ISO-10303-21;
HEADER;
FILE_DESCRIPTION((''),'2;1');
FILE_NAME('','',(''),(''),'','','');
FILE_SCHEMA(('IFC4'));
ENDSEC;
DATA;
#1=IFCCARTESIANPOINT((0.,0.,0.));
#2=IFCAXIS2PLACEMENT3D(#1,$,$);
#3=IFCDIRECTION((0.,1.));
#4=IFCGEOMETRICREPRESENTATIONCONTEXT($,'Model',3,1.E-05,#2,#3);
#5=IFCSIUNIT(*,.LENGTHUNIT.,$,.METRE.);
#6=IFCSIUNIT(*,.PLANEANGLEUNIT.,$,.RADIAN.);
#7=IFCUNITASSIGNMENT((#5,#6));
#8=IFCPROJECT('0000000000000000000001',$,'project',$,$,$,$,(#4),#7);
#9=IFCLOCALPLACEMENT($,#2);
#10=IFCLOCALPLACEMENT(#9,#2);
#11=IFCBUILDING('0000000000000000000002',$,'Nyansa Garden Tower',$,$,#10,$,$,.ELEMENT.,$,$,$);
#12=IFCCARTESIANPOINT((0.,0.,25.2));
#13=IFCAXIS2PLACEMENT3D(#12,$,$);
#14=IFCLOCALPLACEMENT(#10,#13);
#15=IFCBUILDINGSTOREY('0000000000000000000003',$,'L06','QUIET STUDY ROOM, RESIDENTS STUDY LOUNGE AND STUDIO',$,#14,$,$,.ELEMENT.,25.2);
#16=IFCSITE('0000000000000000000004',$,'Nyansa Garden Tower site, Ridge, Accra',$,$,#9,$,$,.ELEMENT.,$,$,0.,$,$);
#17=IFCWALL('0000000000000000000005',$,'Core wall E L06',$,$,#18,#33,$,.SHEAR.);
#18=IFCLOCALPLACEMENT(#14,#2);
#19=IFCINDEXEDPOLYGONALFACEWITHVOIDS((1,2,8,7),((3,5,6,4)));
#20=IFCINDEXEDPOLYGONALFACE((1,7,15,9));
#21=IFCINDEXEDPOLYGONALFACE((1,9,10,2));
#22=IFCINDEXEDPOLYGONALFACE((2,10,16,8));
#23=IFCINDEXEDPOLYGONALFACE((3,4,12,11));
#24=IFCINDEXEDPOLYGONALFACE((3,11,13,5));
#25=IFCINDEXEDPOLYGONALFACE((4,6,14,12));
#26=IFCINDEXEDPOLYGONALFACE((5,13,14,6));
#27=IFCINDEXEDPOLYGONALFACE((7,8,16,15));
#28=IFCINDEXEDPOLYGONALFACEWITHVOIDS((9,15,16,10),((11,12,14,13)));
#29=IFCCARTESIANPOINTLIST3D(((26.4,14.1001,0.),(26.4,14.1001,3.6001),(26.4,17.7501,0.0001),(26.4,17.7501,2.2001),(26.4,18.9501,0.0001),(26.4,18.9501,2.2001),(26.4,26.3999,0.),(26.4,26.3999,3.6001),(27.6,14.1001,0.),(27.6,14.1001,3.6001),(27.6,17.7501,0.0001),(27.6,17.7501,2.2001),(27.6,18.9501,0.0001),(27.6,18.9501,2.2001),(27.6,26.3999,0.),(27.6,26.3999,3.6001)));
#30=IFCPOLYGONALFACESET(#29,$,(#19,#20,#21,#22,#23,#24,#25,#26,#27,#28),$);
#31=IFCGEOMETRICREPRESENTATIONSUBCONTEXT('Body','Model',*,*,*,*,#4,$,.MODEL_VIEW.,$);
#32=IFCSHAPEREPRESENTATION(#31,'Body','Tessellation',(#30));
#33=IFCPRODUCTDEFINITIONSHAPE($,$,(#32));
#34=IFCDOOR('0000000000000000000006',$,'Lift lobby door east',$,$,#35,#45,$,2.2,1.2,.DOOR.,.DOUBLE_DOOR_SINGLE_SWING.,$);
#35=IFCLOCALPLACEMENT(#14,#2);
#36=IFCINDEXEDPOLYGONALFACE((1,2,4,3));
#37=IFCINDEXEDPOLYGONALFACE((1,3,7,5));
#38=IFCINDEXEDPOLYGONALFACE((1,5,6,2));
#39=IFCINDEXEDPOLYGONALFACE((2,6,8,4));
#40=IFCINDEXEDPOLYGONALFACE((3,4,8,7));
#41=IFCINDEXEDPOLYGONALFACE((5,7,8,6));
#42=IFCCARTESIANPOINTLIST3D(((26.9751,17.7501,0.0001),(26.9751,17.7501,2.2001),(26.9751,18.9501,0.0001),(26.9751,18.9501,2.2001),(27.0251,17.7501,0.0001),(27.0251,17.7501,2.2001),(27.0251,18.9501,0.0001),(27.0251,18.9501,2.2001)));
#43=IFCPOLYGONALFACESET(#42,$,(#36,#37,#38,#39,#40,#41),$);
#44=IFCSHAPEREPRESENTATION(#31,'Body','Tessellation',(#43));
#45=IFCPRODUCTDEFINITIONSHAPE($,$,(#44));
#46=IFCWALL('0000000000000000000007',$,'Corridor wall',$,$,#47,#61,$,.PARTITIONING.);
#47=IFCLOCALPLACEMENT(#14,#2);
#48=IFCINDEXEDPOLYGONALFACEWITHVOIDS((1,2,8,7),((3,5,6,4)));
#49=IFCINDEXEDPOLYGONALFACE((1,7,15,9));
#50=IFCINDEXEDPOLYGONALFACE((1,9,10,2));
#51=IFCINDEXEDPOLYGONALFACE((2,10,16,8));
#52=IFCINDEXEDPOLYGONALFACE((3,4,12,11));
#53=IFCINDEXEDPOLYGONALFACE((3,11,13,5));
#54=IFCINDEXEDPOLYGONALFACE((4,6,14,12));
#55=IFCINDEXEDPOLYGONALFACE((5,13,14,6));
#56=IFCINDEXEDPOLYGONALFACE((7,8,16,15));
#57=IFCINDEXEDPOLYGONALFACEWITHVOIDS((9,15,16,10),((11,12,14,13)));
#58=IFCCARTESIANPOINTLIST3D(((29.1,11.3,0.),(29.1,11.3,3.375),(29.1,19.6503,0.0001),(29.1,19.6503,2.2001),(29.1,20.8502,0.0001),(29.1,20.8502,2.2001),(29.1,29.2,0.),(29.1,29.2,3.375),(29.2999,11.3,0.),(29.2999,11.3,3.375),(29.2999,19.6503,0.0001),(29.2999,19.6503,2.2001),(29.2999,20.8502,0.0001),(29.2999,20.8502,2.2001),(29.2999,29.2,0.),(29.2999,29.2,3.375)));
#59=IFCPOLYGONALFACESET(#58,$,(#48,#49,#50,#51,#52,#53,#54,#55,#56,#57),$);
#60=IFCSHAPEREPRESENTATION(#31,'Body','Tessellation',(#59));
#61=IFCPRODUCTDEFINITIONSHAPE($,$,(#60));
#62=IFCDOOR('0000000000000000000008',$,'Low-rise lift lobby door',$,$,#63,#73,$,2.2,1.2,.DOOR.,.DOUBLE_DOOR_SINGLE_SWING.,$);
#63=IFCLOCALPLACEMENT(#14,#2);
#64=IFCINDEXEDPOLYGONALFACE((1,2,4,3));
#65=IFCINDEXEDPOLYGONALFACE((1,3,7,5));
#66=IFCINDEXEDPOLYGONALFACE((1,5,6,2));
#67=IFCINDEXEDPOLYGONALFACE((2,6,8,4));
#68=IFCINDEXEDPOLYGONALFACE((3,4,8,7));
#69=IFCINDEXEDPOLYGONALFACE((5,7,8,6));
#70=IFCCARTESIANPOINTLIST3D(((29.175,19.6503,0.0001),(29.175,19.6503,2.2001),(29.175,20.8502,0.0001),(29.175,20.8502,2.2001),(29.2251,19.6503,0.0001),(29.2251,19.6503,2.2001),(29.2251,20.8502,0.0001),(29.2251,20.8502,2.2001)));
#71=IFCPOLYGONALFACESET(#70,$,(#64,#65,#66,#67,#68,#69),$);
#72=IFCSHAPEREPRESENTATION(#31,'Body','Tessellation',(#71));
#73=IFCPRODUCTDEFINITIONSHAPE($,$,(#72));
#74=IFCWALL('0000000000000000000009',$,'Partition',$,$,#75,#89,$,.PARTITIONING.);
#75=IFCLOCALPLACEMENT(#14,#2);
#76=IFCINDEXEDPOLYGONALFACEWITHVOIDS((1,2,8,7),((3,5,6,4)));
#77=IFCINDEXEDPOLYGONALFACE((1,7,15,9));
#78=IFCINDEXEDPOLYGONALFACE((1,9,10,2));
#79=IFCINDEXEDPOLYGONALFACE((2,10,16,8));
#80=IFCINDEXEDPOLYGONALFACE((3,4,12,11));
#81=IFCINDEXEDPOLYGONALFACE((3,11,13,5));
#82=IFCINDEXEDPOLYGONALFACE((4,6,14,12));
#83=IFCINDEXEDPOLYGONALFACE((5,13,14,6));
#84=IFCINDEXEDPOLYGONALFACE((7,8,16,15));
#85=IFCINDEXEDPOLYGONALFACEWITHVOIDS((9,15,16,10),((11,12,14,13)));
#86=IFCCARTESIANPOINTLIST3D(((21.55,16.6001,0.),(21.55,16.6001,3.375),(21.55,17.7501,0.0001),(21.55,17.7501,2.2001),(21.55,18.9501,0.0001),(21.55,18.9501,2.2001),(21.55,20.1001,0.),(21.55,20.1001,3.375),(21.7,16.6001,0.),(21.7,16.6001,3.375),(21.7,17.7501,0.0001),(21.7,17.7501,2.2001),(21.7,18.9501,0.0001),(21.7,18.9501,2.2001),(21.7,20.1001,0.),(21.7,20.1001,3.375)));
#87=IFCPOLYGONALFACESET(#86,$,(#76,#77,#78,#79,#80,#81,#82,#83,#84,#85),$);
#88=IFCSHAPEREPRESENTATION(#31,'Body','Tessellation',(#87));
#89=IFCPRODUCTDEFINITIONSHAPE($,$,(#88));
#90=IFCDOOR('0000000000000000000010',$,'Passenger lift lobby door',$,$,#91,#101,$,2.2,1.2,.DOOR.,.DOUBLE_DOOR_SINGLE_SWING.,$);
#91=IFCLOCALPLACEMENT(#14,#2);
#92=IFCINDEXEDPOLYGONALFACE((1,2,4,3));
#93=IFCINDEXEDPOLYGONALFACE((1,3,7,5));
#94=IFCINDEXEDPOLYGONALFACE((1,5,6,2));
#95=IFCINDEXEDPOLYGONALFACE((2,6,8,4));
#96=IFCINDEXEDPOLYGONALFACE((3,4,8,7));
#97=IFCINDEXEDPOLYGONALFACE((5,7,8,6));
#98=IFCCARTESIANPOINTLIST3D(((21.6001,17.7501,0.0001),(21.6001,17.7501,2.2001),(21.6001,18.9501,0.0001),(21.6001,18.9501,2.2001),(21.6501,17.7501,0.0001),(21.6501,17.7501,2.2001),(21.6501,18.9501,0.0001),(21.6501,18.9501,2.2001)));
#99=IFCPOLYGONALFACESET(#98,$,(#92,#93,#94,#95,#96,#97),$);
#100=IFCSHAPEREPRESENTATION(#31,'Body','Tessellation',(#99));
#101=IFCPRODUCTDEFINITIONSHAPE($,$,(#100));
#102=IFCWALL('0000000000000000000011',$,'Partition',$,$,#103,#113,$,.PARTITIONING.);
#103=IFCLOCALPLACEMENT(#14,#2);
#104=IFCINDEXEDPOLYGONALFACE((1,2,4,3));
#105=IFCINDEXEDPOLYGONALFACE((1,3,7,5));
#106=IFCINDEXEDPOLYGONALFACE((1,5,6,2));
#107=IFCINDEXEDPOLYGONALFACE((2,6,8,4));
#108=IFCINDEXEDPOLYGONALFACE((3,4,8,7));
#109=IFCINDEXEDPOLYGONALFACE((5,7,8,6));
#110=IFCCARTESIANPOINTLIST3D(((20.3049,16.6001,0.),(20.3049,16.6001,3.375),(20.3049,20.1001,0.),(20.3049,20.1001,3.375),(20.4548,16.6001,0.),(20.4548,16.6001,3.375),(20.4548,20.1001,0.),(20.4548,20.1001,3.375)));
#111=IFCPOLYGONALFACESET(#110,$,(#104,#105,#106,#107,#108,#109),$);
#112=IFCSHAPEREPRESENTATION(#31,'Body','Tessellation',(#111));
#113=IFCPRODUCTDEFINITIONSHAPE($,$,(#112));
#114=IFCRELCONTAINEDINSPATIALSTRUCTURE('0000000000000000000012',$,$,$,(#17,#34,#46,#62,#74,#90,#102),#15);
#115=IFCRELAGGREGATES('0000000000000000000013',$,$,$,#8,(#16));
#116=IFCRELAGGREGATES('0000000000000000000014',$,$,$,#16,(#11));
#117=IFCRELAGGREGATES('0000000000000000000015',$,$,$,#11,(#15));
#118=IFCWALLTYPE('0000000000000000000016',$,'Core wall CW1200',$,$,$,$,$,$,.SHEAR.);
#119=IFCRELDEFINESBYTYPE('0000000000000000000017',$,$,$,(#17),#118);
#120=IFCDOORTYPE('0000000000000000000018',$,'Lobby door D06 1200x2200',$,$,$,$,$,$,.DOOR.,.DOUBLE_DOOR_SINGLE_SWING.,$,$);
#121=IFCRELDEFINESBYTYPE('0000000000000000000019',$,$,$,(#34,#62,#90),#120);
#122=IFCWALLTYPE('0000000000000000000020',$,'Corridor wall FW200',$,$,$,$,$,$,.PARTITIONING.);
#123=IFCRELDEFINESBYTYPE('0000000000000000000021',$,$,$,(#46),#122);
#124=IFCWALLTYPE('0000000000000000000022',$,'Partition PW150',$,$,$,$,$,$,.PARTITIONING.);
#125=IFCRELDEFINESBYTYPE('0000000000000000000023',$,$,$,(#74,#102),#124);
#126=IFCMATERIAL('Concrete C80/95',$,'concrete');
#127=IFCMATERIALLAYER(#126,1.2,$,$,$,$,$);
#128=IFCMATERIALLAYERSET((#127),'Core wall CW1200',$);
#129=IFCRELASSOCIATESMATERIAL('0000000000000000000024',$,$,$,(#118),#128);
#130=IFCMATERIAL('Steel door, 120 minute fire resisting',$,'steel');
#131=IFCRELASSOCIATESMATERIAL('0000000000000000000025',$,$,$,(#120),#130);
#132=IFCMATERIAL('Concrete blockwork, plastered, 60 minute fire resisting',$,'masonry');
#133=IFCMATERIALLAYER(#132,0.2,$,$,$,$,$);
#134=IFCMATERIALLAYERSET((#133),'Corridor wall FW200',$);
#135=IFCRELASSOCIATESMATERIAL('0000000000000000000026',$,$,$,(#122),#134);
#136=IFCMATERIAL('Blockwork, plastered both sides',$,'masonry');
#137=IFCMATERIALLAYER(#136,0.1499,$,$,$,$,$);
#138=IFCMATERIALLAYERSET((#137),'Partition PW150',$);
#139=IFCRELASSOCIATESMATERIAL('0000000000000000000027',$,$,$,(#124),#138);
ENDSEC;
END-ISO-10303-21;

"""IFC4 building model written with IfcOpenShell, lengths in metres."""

from ifc_helpers import new_model, si_unit, direction, frame, frame_2d, origin, place, context, subcontext, project, spatial, rectangle, extrude, material, layer, layer_set, type_object, element, fill, save


model = new_model("IFC4")

# Units and contexts
model_context = context("Model", 3, precision=1e-05, world=origin(), true_north=direction((0.0, 1.0)))
body_context = subcontext(model_context, "Body", "Model", "MODEL_VIEW")
ifc_project = project(units=[si_unit("LENGTHUNIT", "METRE"), si_unit("PLANEANGLEUNIT", "RADIAN")], contexts=[model_context])

# Site, building, storey
site_placement = place(None, origin())
site = spatial("IfcSite", under=ifc_project, at=site_placement, Name="Nyansa Garden Tower site, Ridge, Accra", CompositionType="ELEMENT", RefElevation=0.0)
building_placement = place(site_placement, origin())
building = spatial("IfcBuilding", under=site, at=building_placement, Name="Nyansa Garden Tower", CompositionType="ELEMENT")
storey_placement = place(building_placement, frame((0.0, 0.0, 25.2)))
storey = spatial("IfcBuildingStorey", under=building, at=storey_placement, Name="L06", Description="QUIET STUDY ROOM, RESIDENTS STUDY LOUNGE AND STUDIO", CompositionType="ELEMENT", Elevation=25.2)

# Walls, openings, doors
ifc_material_1 = material(Name="Concrete C80/95", Category="concrete")
ifc_layer_1 = layer(ifc_material_1, 1.2)
ifc_layer_set_1 = layer_set([ifc_layer_1], Name="Core wall CW1200")
wall_type_1 = type_object("IfcWallType", Name="Core wall CW1200", PredefinedType="SHEAR", material=ifc_layer_set_1)
wall_1_placement = place(storey_placement, frame((27.0, 14.1001, 0.0), z_axis=(0.0, 0.0, 1.0), x_axis=(0.0, 1.0, 0.0)))
wall_1 = element("IfcWall", 1, at=wall_1_placement, inside=storey, type_object=wall_type_1, Name="Core wall E L06", PredefinedType="SHEAR", context=body_context, shape_type="SweptSolid", body=[
    extrude(rectangle(XDim=12.2998, YDim=1.2, at=frame_2d((6.1499, 0.0))), origin(), (0.0, 0.0, 1.0), 3.6001),
])
opening_1_placement = place(wall_1_placement, frame((3.6499, 0.0, 0.0)))
opening_1 = element("IfcOpeningElement", 2, at=opening_1_placement, cuts=wall_1, PredefinedType="OPENING", context=body_context, shape_type="SweptSolid", body=[
    extrude(rectangle(XDim=1.2, YDim=2.2, at=frame_2d((0.6001, 1.1001))), frame((0.0, 0.6099, 0.0), z_axis=(0.0, -1.0, 0.0), x_axis=(1.0, 0.0, 0.0)), (0.0, 0.0, 1.0), 1.22),
])
ifc_material_2 = material(Name="Steel door, 120 minute fire resisting", Category="steel")
door_type = type_object("IfcDoorType", Name="Lobby door D06 1200x2200", OperationType="DOUBLE_DOOR_SINGLE_SWING", PredefinedType="DOOR", material=ifc_material_2)
door_1_placement = place(opening_1_placement, origin())
door_1 = element("IfcDoor", 3, at=door_1_placement, inside=storey, type_object=door_type, Name="Lift lobby door east", OperationType="DOUBLE_DOOR_SINGLE_SWING", OverallHeight=2.2, OverallWidth=1.2, PredefinedType="DOOR", context=body_context, shape_type="SweptSolid", body=[
    extrude(rectangle(XDim=1.2, YDim=2.2, at=frame_2d((0.6001, 1.1001))), frame((0.0, 0.0249, 0.0), z_axis=(0.0, -1.0, 0.0), x_axis=(1.0, 0.0, 0.0)), (0.0, 0.0, 1.0), 0.05),
])
fill(opening_1, door_1)
ifc_material_3 = material(Name="Concrete blockwork, plastered, 60 minute fire resisting", Category="masonry")
ifc_layer_2 = layer(ifc_material_3, 0.2)
ifc_layer_set_2 = layer_set([ifc_layer_2], Name="Corridor wall FW200")
wall_type_2 = type_object("IfcWallType", Name="Corridor wall FW200", PredefinedType="PARTITIONING", material=ifc_layer_set_2)
wall_2_placement = place(storey_placement, frame((29.2, 11.3, 0.0), z_axis=(0.0, 0.0, 1.0), x_axis=(0.0, 1.0, 0.0)))
wall_2 = element("IfcWall", 4, at=wall_2_placement, inside=storey, type_object=wall_type_2, Name="Corridor wall", PredefinedType="PARTITIONING", context=body_context, shape_type="SweptSolid", body=[
    extrude(rectangle(XDim=17.8999, YDim=0.2, at=frame_2d((8.95, 0.0))), origin(), (0.0, 0.0, 1.0), 3.375),
])
opening_2_placement = place(wall_2_placement, frame((8.3501, 0.0, 0.0)))
opening_2 = element("IfcOpeningElement", 5, at=opening_2_placement, cuts=wall_2, PredefinedType="OPENING", context=body_context, shape_type="SweptSolid", body=[
    extrude(rectangle(XDim=1.2, YDim=2.2, at=frame_2d((0.6001, 1.1001))), frame((0.0, 0.1099, 0.0), z_axis=(0.0, -1.0, 0.0), x_axis=(1.0, 0.0, 0.0)), (0.0, 0.0, 1.0), 0.22),
])
door_2_placement = place(opening_2_placement, origin())
door_2 = element("IfcDoor", 6, at=door_2_placement, inside=storey, type_object=door_type, Name="Low-rise lift lobby door", OperationType="DOUBLE_DOOR_SINGLE_SWING", OverallHeight=2.2, OverallWidth=1.2, PredefinedType="DOOR", context=body_context, shape_type="SweptSolid", body=[
    extrude(rectangle(XDim=1.2, YDim=2.2, at=frame_2d((0.6001, 1.1001))), frame((0.0, 0.0249, 0.0), z_axis=(0.0, -1.0, 0.0), x_axis=(1.0, 0.0, 0.0)), (0.0, 0.0, 1.0), 0.05),
])
fill(opening_2, door_2)
ifc_material_4 = material(Name="Blockwork, plastered both sides", Category="masonry")
ifc_layer_3 = layer(ifc_material_4, 0.1499)
ifc_layer_set_3 = layer_set([ifc_layer_3], Name="Partition PW150")
wall_type_3 = type_object("IfcWallType", Name="Partition PW150", PredefinedType="PARTITIONING", material=ifc_layer_set_3)
wall_3_placement = place(storey_placement, frame((21.625, 16.6001, 0.0), z_axis=(0.0, 0.0, 1.0), x_axis=(0.0, 1.0, 0.0)))
wall_3 = element("IfcWall", 7, at=wall_3_placement, inside=storey, type_object=wall_type_3, Name="Partition", PredefinedType="PARTITIONING", context=body_context, shape_type="SweptSolid", body=[
    extrude(rectangle(XDim=3.5, YDim=0.1499, at=frame_2d((1.75, 0.0))), origin(), (0.0, 0.0, 1.0), 3.375),
])
opening_3_placement = place(wall_3_placement, frame((1.1499, 0.0, 0.0)))
opening_3 = element("IfcOpeningElement", 8, at=opening_3_placement, cuts=wall_3, PredefinedType="OPENING", context=body_context, shape_type="SweptSolid", body=[
    extrude(rectangle(XDim=1.2, YDim=2.2, at=frame_2d((0.6001, 1.1001))), frame((0.0, 0.085, 0.0), z_axis=(0.0, -1.0, 0.0), x_axis=(1.0, 0.0, 0.0)), (0.0, 0.0, 1.0), 0.1699),
])
door_3_placement = place(opening_3_placement, origin())
door_3 = element("IfcDoor", 9, at=door_3_placement, inside=storey, type_object=door_type, Name="Passenger lift lobby door", OperationType="DOUBLE_DOOR_SINGLE_SWING", OverallHeight=2.2, OverallWidth=1.2, PredefinedType="DOOR", context=body_context, shape_type="SweptSolid", body=[
    extrude(rectangle(XDim=1.2, YDim=2.2, at=frame_2d((0.6001, 1.1001))), frame((0.0, 0.0249, 0.0), z_axis=(0.0, -1.0, 0.0), x_axis=(1.0, 0.0, 0.0)), (0.0, 0.0, 1.0), 0.05),
])
fill(opening_3, door_3)

# Wall
wall_4_placement = place(storey_placement, frame((20.3799, 16.6001, 0.0), z_axis=(0.0, 0.0, 1.0), x_axis=(0.0, 1.0, 0.0)))
element("IfcWall", 10, at=wall_4_placement, inside=storey, type_object=wall_type_3, Name="Partition", PredefinedType="PARTITIONING", context=body_context, shape_type="SweptSolid", body=[
    extrude(rectangle(XDim=3.5, YDim=0.1499, at=frame_2d((1.75, 0.0))), origin(), (0.0, 0.0, 1.0), 3.375),
])

save(model, "model.ifc")
